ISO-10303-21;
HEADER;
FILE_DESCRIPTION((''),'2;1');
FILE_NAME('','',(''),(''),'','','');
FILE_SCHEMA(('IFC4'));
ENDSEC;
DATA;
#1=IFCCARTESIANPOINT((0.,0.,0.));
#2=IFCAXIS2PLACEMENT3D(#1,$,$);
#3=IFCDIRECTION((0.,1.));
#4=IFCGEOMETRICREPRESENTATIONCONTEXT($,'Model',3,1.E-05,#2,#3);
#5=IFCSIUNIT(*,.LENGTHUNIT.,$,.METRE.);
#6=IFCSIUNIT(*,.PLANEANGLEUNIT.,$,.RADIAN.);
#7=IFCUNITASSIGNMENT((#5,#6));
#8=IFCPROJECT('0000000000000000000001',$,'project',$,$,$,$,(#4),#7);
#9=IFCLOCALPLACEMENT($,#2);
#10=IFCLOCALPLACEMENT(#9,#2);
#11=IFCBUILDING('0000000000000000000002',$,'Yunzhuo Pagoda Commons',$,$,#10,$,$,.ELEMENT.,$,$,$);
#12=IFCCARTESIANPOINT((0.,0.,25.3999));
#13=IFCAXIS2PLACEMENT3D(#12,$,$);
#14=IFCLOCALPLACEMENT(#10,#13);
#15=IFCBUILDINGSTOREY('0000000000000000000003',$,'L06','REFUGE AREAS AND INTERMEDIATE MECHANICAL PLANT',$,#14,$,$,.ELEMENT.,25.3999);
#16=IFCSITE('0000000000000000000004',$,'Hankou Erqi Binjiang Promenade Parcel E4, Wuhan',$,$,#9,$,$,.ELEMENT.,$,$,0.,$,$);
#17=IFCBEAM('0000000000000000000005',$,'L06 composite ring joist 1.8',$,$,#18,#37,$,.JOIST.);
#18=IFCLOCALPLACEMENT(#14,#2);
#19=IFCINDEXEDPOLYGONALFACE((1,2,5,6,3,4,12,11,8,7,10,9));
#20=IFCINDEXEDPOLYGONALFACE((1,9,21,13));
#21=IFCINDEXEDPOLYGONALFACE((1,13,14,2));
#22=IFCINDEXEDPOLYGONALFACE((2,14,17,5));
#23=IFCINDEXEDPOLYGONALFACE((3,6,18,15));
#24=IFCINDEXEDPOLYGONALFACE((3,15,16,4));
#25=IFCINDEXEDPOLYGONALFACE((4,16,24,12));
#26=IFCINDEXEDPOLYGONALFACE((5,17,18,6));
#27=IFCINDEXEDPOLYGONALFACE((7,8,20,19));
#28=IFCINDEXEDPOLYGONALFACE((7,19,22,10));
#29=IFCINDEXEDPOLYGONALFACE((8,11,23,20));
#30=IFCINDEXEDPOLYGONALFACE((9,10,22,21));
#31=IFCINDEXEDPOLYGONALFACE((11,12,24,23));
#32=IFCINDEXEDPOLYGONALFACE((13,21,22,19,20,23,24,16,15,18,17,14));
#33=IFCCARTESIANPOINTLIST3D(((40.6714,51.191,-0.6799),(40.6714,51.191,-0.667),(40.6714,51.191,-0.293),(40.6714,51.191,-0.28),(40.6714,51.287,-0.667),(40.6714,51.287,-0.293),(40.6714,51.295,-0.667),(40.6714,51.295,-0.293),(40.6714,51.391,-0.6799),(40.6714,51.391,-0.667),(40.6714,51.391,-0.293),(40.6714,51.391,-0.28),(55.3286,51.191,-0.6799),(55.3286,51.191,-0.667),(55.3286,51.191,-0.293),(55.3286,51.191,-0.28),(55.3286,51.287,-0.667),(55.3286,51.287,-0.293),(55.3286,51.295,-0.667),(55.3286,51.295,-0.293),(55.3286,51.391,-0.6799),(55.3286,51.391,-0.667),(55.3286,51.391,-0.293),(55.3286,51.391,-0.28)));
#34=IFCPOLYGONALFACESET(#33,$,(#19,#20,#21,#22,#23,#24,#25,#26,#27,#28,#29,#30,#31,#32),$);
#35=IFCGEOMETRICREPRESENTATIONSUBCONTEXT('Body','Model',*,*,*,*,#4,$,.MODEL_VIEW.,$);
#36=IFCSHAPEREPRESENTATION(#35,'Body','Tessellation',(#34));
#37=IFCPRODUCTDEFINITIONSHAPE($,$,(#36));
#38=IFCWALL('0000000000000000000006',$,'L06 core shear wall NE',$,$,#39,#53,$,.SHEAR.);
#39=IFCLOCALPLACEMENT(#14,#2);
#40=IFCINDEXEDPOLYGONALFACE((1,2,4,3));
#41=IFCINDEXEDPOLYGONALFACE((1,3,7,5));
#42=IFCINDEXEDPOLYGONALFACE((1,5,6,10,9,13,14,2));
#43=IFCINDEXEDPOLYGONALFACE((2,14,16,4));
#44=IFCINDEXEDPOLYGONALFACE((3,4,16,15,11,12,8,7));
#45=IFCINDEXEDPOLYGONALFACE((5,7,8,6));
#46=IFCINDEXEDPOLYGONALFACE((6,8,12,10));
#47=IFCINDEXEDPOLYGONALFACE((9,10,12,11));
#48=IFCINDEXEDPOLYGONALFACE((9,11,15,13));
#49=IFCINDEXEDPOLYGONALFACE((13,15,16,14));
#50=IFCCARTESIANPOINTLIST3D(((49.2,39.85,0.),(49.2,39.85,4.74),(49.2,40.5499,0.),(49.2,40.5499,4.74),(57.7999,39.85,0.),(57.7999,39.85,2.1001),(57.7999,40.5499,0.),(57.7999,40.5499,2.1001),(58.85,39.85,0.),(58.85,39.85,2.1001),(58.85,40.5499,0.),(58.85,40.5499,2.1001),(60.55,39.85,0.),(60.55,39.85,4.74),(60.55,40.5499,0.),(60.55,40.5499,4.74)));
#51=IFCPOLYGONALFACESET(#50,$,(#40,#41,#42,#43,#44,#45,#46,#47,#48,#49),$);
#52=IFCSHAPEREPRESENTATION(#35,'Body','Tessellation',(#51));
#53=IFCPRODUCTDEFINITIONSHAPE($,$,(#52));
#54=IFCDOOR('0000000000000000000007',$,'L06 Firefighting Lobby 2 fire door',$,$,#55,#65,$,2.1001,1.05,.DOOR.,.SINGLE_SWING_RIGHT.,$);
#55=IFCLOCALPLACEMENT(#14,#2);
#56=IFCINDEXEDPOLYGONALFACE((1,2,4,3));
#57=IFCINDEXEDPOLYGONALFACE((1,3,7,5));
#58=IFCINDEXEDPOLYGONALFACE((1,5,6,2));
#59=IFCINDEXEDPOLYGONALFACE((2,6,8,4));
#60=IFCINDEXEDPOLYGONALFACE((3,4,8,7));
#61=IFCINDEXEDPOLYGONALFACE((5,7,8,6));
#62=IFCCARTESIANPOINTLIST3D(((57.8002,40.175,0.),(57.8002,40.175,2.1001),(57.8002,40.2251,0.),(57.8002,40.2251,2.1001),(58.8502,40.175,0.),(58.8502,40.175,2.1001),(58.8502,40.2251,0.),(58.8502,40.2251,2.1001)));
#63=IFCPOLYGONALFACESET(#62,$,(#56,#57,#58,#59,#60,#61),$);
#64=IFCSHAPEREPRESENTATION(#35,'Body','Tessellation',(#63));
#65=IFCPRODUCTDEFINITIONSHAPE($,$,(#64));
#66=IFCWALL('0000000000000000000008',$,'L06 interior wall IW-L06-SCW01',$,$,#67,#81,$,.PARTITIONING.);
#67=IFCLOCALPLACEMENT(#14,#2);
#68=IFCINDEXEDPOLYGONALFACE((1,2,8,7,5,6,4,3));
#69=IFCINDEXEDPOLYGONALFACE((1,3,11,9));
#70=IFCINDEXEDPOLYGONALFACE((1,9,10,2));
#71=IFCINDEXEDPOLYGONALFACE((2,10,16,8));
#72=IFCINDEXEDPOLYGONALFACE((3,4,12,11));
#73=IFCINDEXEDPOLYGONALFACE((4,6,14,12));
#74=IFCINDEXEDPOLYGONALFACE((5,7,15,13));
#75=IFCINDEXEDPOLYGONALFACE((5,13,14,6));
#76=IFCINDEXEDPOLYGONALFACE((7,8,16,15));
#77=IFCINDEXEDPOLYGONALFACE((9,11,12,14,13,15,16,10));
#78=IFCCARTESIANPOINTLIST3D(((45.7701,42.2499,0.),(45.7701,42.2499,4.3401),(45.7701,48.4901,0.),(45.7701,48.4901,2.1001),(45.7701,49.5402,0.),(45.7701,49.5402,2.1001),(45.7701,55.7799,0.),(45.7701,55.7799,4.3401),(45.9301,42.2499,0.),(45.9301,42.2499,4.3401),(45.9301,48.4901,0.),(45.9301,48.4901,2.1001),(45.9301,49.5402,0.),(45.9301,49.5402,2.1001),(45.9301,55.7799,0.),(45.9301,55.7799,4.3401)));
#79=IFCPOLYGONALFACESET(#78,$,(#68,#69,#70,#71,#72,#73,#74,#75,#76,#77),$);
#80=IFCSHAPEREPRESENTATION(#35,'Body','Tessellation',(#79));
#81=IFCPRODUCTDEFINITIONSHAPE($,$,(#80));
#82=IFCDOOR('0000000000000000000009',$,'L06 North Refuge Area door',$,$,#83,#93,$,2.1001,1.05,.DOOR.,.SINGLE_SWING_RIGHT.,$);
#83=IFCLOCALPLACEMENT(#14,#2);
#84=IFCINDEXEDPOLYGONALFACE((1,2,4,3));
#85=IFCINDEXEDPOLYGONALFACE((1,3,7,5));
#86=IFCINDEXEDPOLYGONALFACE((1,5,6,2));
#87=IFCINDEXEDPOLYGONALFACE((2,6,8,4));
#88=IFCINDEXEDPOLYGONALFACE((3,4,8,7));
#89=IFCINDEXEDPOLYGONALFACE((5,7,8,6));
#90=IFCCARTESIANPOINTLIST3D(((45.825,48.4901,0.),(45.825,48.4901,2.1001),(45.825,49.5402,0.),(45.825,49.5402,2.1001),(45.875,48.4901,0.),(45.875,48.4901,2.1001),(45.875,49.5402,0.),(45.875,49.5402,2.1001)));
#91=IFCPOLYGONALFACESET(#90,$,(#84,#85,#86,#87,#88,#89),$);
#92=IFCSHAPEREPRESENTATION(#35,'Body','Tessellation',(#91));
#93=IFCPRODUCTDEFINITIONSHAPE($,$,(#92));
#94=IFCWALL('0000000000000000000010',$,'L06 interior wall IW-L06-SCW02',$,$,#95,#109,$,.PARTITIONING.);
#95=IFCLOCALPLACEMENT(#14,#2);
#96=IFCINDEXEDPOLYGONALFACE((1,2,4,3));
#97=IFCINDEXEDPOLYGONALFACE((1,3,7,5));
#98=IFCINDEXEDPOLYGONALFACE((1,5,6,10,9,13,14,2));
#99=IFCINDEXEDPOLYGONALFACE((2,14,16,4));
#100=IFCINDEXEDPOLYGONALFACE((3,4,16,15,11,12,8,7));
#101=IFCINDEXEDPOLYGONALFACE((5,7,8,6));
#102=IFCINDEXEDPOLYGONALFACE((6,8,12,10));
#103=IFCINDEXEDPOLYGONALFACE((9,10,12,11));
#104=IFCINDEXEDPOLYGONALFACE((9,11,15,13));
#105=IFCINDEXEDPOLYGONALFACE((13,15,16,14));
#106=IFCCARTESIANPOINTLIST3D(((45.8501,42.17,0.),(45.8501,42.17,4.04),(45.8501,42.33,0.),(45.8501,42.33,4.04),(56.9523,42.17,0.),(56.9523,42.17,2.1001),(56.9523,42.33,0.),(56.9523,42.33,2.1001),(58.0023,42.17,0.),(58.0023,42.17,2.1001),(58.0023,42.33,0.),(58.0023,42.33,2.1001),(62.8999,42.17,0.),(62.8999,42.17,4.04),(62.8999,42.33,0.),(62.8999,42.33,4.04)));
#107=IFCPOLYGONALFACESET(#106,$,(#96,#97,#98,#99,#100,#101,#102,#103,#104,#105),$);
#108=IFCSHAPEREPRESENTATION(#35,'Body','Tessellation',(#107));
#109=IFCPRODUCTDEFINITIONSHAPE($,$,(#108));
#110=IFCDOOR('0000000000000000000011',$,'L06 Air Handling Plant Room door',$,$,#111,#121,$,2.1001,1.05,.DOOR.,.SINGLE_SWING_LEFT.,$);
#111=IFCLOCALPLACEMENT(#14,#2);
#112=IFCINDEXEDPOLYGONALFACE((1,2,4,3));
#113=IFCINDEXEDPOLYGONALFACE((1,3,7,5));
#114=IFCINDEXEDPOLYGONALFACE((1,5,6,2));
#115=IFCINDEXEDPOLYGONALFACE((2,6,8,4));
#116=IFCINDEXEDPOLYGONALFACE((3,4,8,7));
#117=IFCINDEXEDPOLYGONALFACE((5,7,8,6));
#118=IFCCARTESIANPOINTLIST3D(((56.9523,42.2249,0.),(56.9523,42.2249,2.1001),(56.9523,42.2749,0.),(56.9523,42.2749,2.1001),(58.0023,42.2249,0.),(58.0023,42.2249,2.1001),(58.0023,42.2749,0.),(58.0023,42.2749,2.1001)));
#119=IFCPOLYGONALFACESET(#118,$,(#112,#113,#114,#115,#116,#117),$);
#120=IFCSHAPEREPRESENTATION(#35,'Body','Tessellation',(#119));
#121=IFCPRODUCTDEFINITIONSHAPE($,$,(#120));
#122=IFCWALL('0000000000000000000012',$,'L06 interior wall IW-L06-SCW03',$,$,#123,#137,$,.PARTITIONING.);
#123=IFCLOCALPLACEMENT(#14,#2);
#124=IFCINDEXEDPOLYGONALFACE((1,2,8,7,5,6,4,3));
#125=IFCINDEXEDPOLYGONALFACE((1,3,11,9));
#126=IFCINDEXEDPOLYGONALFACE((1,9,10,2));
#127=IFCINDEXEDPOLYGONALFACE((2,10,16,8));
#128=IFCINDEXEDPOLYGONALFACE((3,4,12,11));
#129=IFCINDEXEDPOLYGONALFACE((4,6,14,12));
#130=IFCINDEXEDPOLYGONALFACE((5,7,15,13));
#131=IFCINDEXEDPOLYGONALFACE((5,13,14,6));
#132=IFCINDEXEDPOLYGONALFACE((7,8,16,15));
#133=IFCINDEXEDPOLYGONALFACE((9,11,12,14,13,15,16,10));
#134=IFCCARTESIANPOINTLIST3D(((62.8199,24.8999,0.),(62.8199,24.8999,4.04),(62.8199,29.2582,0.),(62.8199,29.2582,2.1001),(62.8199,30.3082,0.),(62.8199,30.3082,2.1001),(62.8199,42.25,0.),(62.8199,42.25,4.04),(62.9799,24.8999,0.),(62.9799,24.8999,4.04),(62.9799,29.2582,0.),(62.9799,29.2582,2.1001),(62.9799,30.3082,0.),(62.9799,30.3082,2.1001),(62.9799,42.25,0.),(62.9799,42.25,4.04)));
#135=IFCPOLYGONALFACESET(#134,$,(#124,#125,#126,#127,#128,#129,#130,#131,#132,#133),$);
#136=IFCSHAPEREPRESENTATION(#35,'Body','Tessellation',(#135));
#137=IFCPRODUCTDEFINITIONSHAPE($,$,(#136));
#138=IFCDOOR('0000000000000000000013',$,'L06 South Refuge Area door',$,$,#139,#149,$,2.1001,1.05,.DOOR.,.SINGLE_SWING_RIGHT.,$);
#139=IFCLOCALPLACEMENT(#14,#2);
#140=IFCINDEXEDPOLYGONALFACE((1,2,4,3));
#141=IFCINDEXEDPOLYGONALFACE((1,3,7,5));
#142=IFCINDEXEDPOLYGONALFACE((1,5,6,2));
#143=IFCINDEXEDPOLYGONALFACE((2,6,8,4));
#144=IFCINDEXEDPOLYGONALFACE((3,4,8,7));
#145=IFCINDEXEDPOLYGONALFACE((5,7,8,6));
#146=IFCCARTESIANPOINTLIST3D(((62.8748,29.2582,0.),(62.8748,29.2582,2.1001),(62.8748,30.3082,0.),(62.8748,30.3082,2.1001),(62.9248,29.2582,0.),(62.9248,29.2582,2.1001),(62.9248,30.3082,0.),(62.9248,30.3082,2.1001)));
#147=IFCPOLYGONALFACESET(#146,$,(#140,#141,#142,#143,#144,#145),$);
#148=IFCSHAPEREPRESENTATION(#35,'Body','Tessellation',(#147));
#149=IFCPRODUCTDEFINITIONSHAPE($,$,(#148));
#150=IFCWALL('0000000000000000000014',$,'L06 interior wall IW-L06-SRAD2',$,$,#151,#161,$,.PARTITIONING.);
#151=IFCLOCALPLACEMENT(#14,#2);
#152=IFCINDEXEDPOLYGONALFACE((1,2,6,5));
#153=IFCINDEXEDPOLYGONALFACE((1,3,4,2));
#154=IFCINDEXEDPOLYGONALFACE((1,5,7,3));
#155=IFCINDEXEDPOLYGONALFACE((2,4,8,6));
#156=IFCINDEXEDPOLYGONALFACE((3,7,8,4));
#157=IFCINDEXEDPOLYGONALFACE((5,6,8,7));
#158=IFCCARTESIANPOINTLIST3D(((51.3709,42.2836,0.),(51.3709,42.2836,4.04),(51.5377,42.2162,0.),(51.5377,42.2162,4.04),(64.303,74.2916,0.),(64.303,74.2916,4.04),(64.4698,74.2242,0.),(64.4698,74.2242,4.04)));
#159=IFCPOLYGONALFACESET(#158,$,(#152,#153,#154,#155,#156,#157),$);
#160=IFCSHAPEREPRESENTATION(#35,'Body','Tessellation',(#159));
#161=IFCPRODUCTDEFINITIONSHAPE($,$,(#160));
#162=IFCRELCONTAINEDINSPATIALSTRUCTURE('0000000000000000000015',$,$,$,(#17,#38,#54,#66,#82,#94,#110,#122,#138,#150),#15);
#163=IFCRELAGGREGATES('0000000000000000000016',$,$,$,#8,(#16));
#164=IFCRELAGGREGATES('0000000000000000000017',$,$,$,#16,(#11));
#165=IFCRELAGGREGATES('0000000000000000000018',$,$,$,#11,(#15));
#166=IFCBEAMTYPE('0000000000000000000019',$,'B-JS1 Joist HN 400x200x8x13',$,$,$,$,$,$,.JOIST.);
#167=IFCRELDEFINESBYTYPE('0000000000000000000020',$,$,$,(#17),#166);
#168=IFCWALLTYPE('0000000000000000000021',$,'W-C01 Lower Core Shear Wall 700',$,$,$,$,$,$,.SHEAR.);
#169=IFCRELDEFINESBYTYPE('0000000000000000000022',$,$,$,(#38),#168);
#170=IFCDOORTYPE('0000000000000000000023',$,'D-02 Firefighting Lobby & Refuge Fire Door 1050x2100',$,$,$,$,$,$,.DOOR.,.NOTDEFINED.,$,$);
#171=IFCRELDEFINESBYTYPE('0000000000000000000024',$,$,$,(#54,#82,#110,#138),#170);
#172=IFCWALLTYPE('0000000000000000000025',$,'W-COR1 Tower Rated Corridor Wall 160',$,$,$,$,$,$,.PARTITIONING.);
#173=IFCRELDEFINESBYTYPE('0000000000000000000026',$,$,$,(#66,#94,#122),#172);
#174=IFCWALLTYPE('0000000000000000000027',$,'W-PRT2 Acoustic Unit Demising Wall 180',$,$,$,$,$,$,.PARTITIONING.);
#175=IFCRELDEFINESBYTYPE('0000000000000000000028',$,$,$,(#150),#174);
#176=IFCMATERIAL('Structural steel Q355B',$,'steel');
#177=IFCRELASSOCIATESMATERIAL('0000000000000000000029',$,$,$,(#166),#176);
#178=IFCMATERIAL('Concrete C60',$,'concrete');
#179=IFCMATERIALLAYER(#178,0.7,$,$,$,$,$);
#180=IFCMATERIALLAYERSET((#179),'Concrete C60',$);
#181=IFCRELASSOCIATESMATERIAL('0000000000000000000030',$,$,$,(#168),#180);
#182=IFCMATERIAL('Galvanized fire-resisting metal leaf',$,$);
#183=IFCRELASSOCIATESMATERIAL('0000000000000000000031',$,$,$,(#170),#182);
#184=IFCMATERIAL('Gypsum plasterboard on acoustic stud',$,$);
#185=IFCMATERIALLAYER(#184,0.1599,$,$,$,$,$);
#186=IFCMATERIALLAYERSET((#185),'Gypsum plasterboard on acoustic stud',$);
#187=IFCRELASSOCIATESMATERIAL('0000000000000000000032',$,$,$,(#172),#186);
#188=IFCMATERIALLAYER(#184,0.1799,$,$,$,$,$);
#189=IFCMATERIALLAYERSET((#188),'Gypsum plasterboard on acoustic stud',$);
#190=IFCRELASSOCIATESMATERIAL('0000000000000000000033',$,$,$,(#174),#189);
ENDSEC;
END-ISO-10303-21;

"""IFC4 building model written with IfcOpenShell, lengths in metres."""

from ifc_helpers import new_model, si_unit, direction, frame, frame_2d, origin, origin_with_axes, origin_2d, place, context, subcontext, project, spatial, rectangle, i_section, extrude, source, transform, mapped, material, layer, layer_set, material_profile, profile_set, type_object, element, fill, save


model = new_model("IFC4")

# Units and contexts
model_context = context("Model", 3, precision=1e-05, world=origin(), true_north=direction((0.0, 1.0)))
body_context = subcontext(model_context, "Body", "Model", "MODEL_VIEW")
ifc_project = project(units=[si_unit("LENGTHUNIT", "METRE"), si_unit("PLANEANGLEUNIT", "RADIAN")], contexts=[model_context])

# Site, building, storey
site_placement = place(None, origin())
site = spatial("IfcSite", under=ifc_project, at=site_placement, Name="Hankou Erqi Binjiang Promenade Parcel E4, Wuhan", CompositionType="ELEMENT", RefElevation=0.0)
building_placement = place(site_placement, origin())
building = spatial("IfcBuilding", under=site, at=building_placement, Name="Yunzhuo Pagoda Commons", CompositionType="ELEMENT")
storey_placement = place(building_placement, frame((0.0, 0.0, 25.3999)))
storey = spatial("IfcBuildingStorey", under=building, at=storey_placement, Name="L06", Description="REFUGE AREAS AND INTERMEDIATE MECHANICAL PLANT", CompositionType="ELEMENT", Elevation=25.3999)

# Beam
ifc_material_1 = material(Name="Structural steel Q355B", Category="steel")
ifc_material_profile_1 = material_profile(ifc_material_1, i_section(OverallWidth=0.2, OverallDepth=0.3999, WebThickness=0.0081, FlangeThickness=0.0129, at=origin_2d()), Name="Structural steel Q355B")
ifc_profile_set_1 = profile_set([ifc_material_profile_1], Name="Structural steel Q355B")
beam_type_1 = type_object("IfcBeamType", Name="B-JS1 Joist HN 400x200x8x13", PredefinedType="JOIST", material=ifc_profile_set_1)
shared_shape_1 = source(origin(), body_context, "Body", "SweptSolid", [
    extrude(i_section(OverallWidth=0.2, OverallDepth=0.3999, WebThickness=0.0081, FlangeThickness=0.0129, at=origin_2d()), origin(), (0.0, 0.0, 1.0), 14.6572),
])
beam_1_placement = place(storey_placement, frame((55.3286, 51.291, -0.48), z_axis=(-1.0, 0.0, 0.0), x_axis=(0.0, -1.0, 0.0)))
element("IfcBeam", 1, at=beam_1_placement, inside=storey, type_object=beam_type_1, Name="L06 composite ring joist 1.8", PredefinedType="JOIST", context=body_context, shape_type="MappedRepresentation", body=[
    mapped(shared_shape_1, transform((0.0, 0.0, 0.0), scale=1.0)),
])

# Walls, openings, doors
ifc_material_2 = material(Name="Concrete C60", Category="concrete")
ifc_layer_1 = layer(ifc_material_2, 0.7)
ifc_layer_set_1 = layer_set([ifc_layer_1], Name="Concrete C60")
wall_type_1 = type_object("IfcWallType", Name="W-C01 Lower Core Shear Wall 700", PredefinedType="SHEAR", material=ifc_layer_set_1)
wall_1_placement = place(storey_placement, frame((49.2, 40.2, 0.0), z_axis=(0.0, 0.0, 1.0), x_axis=(1.0, 0.0, 0.0)))
wall_1 = element("IfcWall", 2, at=wall_1_placement, inside=storey, type_object=wall_type_1, Name="L06 core shear wall NE", PredefinedType="SHEAR", context=body_context, shape_type="SweptSolid", body=[
    extrude(rectangle(XDim=11.3501, YDim=0.7, at=frame_2d((5.675, 0.0))), origin(), (0.0, 0.0, 1.0), 4.74),
])
opening_1_placement = place(wall_1_placement, frame((8.6001, 0.0, 0.0)))
opening_1 = element("IfcOpeningElement", 3, at=opening_1_placement, cuts=wall_1, PredefinedType="OPENING", context=body_context, shape_type="SweptSolid", body=[
    extrude(rectangle(XDim=1.05, YDim=2.1001, at=frame_2d((0.5249, 1.05))), frame((0.0, 0.3599, 0.0), z_axis=(0.0, -1.0, 0.0), x_axis=(1.0, 0.0, 0.0)), (0.0, 0.0, 1.0), 0.72),
])
ifc_material_3 = material(Name="Galvanized fire-resisting metal leaf")
door_type = type_object("IfcDoorType", Name="D-02 Firefighting Lobby & Refuge Fire Door 1050x2100", OperationType="NOTDEFINED", PredefinedType="DOOR", material=ifc_material_3)
shared_shape_2 = source(origin(), body_context, "Body", "SweptSolid", [
    extrude(rectangle(XDim=1.05, YDim=2.1001, at=frame_2d((0.5249, 1.05))), frame((0.0, 0.0249, 0.0), z_axis=(0.0, -1.0, 0.0), x_axis=(1.0, 0.0, 0.0)), (0.0, 0.0, 1.0), 0.05),
])
door_1_placement = place(opening_1_placement, frame((1.05, 0.0, 0.0), z_axis=(0.0, 0.0, 1.0), x_axis=(-1.0, 0.0, 0.0)))
door_1 = element("IfcDoor", 4, at=door_1_placement, inside=storey, type_object=door_type, Name="L06 Firefighting Lobby 2 fire door", OperationType="SINGLE_SWING_RIGHT", OverallHeight=2.1001, OverallWidth=1.05, PredefinedType="DOOR", context=body_context, shape_type="MappedRepresentation", body=[
    mapped(shared_shape_2, transform((0.0, 0.0, 0.0), scale=1.0)),
])
fill(opening_1, door_1)
ifc_material_4 = material(Name="Gypsum plasterboard on acoustic stud")
ifc_layer_2 = layer(ifc_material_4, 0.1599)
ifc_layer_set_2 = layer_set([ifc_layer_2], Name="Gypsum plasterboard on acoustic stud")
wall_type_2 = type_object("IfcWallType", Name="W-COR1 Tower Rated Corridor Wall 160", PredefinedType="PARTITIONING", material=ifc_layer_set_2)
wall_2_placement = place(storey_placement, frame((45.8501, 55.78, 0.0), z_axis=(0.0, 0.0, 1.0), x_axis=(0.0, -1.0, 0.0)))
wall_2 = element("IfcWall", 5, at=wall_2_placement, inside=storey, type_object=wall_type_2, Name="L06 interior wall IW-L06-SCW01", PredefinedType="PARTITIONING", context=body_context, shape_type="SweptSolid", body=[
    extrude(rectangle(XDim=13.53, YDim=0.1599, at=frame_2d((6.7651, 0.0))), origin(), (0.0, 0.0, 1.0), 4.3401),
])
opening_2_placement = place(wall_2_placement, frame((6.24, 0.0, 0.0)))
opening_2 = element("IfcOpeningElement", 6, at=opening_2_placement, cuts=wall_2, PredefinedType="OPENING", context=body_context, shape_type="SweptSolid", body=[
    extrude(rectangle(XDim=1.05, YDim=2.1001, at=frame_2d((0.5249, 1.05))), frame((0.0, 0.0898, 0.0), z_axis=(0.0, -1.0, 0.0), x_axis=(1.0, 0.0, 0.0)), (0.0, 0.0, 1.0), 0.1799),
])
door_2_placement = place(opening_2_placement, origin_with_axes())
door_2 = element("IfcDoor", 7, at=door_2_placement, inside=storey, type_object=door_type, Name="L06 North Refuge Area door", OperationType="SINGLE_SWING_RIGHT", OverallHeight=2.1001, OverallWidth=1.05, PredefinedType="DOOR", context=body_context, shape_type="MappedRepresentation", body=[
    mapped(shared_shape_2, transform((0.0, 0.0, 0.0), scale=1.0)),
])
fill(opening_2, door_2)
wall_3_placement = place(storey_placement, frame((45.8501, 42.25, 0.0), z_axis=(0.0, 0.0, 1.0), x_axis=(1.0, 0.0, 0.0)))
wall_3 = element("IfcWall", 8, at=wall_3_placement, inside=storey, type_object=wall_type_2, Name="L06 interior wall IW-L06-SCW02", PredefinedType="PARTITIONING", context=body_context, shape_type="SweptSolid", body=[
    extrude(rectangle(XDim=17.0498, YDim=0.1599, at=frame_2d((8.5249, 0.0))), origin(), (0.0, 0.0, 1.0), 4.04),
])
opening_3_placement = place(wall_3_placement, frame((11.1023, 0.0, 0.0)))
opening_3 = element("IfcOpeningElement", 9, at=opening_3_placement, cuts=wall_3, PredefinedType="OPENING", context=body_context, shape_type="SweptSolid", body=[
    extrude(rectangle(XDim=1.05, YDim=2.1001, at=frame_2d((0.5249, 1.05))), frame((0.0, 0.0898, 0.0), z_axis=(0.0, -1.0, 0.0), x_axis=(1.0, 0.0, 0.0)), (0.0, 0.0, 1.0), 0.1799),
])
door_3_placement = place(opening_3_placement, origin_with_axes())
door_3 = element("IfcDoor", 10, at=door_3_placement, inside=storey, type_object=door_type, Name="L06 Air Handling Plant Room door", OperationType="SINGLE_SWING_LEFT", OverallHeight=2.1001, OverallWidth=1.05, PredefinedType="DOOR", context=body_context, shape_type="MappedRepresentation", body=[
    mapped(shared_shape_2, transform((0.0, 0.0, 0.0), scale=1.0)),
])
fill(opening_3, door_3)
wall_4_placement = place(storey_placement, frame((62.8999, 42.25, 0.0), z_axis=(0.0, 0.0, 1.0), x_axis=(0.0, -1.0, 0.0)))
wall_4 = element("IfcWall", 11, at=wall_4_placement, inside=storey, type_object=wall_type_2, Name="L06 interior wall IW-L06-SCW03", PredefinedType="PARTITIONING", context=body_context, shape_type="SweptSolid", body=[
    extrude(rectangle(XDim=17.3501, YDim=0.1599, at=frame_2d((8.675, 0.0))), origin(), (0.0, 0.0, 1.0), 4.04),
])
opening_4_placement = place(wall_4_placement, frame((11.9419, 0.0, 0.0)))
opening_4 = element("IfcOpeningElement", 12, at=opening_4_placement, cuts=wall_4, PredefinedType="OPENING", context=body_context, shape_type="SweptSolid", body=[
    extrude(rectangle(XDim=1.05, YDim=2.1001, at=frame_2d((0.5249, 1.05))), frame((0.0, 0.0898, 0.0), z_axis=(0.0, -1.0, 0.0), x_axis=(1.0, 0.0, 0.0)), (0.0, 0.0, 1.0), 0.1799),
])
door_4_placement = place(opening_4_placement, origin_with_axes())
door_4 = element("IfcDoor", 13, at=door_4_placement, inside=storey, type_object=door_type, Name="L06 South Refuge Area door", OperationType="SINGLE_SWING_RIGHT", OverallHeight=2.1001, OverallWidth=1.05, PredefinedType="DOOR", context=body_context, shape_type="MappedRepresentation", body=[
    mapped(shared_shape_2, transform((0.0, 0.0, 0.0), scale=1.0)),
])
fill(opening_4, door_4)

# Wall
ifc_layer_3 = layer(ifc_material_4, 0.1799)
ifc_layer_set_3 = layer_set([ifc_layer_3], Name="Gypsum plasterboard on acoustic stud")
wall_type_3 = type_object("IfcWallType", Name="W-PRT2 Acoustic Unit Demising Wall 180", PredefinedType="PARTITIONING", material=ifc_layer_set_3)
wall_5_placement = place(storey_placement, frame((51.4543, 42.25, 0.0), z_axis=(0.0, 0.0, 1.0), x_axis=(0.374607, 0.927184, 0.0)))
element("IfcWall", 14, at=wall_5_placement, inside=storey, type_object=wall_type_3, Name="L06 interior wall IW-L06-SRAD2", PredefinedType="PARTITIONING", context=body_context, shape_type="SweptSolid", body=[
    extrude(rectangle(XDim=34.5217, YDim=0.1799, at=frame_2d((17.2607, 0.0))), origin(), (0.0, 0.0, 1.0), 4.04),
])

save(model, "model.ifc")
